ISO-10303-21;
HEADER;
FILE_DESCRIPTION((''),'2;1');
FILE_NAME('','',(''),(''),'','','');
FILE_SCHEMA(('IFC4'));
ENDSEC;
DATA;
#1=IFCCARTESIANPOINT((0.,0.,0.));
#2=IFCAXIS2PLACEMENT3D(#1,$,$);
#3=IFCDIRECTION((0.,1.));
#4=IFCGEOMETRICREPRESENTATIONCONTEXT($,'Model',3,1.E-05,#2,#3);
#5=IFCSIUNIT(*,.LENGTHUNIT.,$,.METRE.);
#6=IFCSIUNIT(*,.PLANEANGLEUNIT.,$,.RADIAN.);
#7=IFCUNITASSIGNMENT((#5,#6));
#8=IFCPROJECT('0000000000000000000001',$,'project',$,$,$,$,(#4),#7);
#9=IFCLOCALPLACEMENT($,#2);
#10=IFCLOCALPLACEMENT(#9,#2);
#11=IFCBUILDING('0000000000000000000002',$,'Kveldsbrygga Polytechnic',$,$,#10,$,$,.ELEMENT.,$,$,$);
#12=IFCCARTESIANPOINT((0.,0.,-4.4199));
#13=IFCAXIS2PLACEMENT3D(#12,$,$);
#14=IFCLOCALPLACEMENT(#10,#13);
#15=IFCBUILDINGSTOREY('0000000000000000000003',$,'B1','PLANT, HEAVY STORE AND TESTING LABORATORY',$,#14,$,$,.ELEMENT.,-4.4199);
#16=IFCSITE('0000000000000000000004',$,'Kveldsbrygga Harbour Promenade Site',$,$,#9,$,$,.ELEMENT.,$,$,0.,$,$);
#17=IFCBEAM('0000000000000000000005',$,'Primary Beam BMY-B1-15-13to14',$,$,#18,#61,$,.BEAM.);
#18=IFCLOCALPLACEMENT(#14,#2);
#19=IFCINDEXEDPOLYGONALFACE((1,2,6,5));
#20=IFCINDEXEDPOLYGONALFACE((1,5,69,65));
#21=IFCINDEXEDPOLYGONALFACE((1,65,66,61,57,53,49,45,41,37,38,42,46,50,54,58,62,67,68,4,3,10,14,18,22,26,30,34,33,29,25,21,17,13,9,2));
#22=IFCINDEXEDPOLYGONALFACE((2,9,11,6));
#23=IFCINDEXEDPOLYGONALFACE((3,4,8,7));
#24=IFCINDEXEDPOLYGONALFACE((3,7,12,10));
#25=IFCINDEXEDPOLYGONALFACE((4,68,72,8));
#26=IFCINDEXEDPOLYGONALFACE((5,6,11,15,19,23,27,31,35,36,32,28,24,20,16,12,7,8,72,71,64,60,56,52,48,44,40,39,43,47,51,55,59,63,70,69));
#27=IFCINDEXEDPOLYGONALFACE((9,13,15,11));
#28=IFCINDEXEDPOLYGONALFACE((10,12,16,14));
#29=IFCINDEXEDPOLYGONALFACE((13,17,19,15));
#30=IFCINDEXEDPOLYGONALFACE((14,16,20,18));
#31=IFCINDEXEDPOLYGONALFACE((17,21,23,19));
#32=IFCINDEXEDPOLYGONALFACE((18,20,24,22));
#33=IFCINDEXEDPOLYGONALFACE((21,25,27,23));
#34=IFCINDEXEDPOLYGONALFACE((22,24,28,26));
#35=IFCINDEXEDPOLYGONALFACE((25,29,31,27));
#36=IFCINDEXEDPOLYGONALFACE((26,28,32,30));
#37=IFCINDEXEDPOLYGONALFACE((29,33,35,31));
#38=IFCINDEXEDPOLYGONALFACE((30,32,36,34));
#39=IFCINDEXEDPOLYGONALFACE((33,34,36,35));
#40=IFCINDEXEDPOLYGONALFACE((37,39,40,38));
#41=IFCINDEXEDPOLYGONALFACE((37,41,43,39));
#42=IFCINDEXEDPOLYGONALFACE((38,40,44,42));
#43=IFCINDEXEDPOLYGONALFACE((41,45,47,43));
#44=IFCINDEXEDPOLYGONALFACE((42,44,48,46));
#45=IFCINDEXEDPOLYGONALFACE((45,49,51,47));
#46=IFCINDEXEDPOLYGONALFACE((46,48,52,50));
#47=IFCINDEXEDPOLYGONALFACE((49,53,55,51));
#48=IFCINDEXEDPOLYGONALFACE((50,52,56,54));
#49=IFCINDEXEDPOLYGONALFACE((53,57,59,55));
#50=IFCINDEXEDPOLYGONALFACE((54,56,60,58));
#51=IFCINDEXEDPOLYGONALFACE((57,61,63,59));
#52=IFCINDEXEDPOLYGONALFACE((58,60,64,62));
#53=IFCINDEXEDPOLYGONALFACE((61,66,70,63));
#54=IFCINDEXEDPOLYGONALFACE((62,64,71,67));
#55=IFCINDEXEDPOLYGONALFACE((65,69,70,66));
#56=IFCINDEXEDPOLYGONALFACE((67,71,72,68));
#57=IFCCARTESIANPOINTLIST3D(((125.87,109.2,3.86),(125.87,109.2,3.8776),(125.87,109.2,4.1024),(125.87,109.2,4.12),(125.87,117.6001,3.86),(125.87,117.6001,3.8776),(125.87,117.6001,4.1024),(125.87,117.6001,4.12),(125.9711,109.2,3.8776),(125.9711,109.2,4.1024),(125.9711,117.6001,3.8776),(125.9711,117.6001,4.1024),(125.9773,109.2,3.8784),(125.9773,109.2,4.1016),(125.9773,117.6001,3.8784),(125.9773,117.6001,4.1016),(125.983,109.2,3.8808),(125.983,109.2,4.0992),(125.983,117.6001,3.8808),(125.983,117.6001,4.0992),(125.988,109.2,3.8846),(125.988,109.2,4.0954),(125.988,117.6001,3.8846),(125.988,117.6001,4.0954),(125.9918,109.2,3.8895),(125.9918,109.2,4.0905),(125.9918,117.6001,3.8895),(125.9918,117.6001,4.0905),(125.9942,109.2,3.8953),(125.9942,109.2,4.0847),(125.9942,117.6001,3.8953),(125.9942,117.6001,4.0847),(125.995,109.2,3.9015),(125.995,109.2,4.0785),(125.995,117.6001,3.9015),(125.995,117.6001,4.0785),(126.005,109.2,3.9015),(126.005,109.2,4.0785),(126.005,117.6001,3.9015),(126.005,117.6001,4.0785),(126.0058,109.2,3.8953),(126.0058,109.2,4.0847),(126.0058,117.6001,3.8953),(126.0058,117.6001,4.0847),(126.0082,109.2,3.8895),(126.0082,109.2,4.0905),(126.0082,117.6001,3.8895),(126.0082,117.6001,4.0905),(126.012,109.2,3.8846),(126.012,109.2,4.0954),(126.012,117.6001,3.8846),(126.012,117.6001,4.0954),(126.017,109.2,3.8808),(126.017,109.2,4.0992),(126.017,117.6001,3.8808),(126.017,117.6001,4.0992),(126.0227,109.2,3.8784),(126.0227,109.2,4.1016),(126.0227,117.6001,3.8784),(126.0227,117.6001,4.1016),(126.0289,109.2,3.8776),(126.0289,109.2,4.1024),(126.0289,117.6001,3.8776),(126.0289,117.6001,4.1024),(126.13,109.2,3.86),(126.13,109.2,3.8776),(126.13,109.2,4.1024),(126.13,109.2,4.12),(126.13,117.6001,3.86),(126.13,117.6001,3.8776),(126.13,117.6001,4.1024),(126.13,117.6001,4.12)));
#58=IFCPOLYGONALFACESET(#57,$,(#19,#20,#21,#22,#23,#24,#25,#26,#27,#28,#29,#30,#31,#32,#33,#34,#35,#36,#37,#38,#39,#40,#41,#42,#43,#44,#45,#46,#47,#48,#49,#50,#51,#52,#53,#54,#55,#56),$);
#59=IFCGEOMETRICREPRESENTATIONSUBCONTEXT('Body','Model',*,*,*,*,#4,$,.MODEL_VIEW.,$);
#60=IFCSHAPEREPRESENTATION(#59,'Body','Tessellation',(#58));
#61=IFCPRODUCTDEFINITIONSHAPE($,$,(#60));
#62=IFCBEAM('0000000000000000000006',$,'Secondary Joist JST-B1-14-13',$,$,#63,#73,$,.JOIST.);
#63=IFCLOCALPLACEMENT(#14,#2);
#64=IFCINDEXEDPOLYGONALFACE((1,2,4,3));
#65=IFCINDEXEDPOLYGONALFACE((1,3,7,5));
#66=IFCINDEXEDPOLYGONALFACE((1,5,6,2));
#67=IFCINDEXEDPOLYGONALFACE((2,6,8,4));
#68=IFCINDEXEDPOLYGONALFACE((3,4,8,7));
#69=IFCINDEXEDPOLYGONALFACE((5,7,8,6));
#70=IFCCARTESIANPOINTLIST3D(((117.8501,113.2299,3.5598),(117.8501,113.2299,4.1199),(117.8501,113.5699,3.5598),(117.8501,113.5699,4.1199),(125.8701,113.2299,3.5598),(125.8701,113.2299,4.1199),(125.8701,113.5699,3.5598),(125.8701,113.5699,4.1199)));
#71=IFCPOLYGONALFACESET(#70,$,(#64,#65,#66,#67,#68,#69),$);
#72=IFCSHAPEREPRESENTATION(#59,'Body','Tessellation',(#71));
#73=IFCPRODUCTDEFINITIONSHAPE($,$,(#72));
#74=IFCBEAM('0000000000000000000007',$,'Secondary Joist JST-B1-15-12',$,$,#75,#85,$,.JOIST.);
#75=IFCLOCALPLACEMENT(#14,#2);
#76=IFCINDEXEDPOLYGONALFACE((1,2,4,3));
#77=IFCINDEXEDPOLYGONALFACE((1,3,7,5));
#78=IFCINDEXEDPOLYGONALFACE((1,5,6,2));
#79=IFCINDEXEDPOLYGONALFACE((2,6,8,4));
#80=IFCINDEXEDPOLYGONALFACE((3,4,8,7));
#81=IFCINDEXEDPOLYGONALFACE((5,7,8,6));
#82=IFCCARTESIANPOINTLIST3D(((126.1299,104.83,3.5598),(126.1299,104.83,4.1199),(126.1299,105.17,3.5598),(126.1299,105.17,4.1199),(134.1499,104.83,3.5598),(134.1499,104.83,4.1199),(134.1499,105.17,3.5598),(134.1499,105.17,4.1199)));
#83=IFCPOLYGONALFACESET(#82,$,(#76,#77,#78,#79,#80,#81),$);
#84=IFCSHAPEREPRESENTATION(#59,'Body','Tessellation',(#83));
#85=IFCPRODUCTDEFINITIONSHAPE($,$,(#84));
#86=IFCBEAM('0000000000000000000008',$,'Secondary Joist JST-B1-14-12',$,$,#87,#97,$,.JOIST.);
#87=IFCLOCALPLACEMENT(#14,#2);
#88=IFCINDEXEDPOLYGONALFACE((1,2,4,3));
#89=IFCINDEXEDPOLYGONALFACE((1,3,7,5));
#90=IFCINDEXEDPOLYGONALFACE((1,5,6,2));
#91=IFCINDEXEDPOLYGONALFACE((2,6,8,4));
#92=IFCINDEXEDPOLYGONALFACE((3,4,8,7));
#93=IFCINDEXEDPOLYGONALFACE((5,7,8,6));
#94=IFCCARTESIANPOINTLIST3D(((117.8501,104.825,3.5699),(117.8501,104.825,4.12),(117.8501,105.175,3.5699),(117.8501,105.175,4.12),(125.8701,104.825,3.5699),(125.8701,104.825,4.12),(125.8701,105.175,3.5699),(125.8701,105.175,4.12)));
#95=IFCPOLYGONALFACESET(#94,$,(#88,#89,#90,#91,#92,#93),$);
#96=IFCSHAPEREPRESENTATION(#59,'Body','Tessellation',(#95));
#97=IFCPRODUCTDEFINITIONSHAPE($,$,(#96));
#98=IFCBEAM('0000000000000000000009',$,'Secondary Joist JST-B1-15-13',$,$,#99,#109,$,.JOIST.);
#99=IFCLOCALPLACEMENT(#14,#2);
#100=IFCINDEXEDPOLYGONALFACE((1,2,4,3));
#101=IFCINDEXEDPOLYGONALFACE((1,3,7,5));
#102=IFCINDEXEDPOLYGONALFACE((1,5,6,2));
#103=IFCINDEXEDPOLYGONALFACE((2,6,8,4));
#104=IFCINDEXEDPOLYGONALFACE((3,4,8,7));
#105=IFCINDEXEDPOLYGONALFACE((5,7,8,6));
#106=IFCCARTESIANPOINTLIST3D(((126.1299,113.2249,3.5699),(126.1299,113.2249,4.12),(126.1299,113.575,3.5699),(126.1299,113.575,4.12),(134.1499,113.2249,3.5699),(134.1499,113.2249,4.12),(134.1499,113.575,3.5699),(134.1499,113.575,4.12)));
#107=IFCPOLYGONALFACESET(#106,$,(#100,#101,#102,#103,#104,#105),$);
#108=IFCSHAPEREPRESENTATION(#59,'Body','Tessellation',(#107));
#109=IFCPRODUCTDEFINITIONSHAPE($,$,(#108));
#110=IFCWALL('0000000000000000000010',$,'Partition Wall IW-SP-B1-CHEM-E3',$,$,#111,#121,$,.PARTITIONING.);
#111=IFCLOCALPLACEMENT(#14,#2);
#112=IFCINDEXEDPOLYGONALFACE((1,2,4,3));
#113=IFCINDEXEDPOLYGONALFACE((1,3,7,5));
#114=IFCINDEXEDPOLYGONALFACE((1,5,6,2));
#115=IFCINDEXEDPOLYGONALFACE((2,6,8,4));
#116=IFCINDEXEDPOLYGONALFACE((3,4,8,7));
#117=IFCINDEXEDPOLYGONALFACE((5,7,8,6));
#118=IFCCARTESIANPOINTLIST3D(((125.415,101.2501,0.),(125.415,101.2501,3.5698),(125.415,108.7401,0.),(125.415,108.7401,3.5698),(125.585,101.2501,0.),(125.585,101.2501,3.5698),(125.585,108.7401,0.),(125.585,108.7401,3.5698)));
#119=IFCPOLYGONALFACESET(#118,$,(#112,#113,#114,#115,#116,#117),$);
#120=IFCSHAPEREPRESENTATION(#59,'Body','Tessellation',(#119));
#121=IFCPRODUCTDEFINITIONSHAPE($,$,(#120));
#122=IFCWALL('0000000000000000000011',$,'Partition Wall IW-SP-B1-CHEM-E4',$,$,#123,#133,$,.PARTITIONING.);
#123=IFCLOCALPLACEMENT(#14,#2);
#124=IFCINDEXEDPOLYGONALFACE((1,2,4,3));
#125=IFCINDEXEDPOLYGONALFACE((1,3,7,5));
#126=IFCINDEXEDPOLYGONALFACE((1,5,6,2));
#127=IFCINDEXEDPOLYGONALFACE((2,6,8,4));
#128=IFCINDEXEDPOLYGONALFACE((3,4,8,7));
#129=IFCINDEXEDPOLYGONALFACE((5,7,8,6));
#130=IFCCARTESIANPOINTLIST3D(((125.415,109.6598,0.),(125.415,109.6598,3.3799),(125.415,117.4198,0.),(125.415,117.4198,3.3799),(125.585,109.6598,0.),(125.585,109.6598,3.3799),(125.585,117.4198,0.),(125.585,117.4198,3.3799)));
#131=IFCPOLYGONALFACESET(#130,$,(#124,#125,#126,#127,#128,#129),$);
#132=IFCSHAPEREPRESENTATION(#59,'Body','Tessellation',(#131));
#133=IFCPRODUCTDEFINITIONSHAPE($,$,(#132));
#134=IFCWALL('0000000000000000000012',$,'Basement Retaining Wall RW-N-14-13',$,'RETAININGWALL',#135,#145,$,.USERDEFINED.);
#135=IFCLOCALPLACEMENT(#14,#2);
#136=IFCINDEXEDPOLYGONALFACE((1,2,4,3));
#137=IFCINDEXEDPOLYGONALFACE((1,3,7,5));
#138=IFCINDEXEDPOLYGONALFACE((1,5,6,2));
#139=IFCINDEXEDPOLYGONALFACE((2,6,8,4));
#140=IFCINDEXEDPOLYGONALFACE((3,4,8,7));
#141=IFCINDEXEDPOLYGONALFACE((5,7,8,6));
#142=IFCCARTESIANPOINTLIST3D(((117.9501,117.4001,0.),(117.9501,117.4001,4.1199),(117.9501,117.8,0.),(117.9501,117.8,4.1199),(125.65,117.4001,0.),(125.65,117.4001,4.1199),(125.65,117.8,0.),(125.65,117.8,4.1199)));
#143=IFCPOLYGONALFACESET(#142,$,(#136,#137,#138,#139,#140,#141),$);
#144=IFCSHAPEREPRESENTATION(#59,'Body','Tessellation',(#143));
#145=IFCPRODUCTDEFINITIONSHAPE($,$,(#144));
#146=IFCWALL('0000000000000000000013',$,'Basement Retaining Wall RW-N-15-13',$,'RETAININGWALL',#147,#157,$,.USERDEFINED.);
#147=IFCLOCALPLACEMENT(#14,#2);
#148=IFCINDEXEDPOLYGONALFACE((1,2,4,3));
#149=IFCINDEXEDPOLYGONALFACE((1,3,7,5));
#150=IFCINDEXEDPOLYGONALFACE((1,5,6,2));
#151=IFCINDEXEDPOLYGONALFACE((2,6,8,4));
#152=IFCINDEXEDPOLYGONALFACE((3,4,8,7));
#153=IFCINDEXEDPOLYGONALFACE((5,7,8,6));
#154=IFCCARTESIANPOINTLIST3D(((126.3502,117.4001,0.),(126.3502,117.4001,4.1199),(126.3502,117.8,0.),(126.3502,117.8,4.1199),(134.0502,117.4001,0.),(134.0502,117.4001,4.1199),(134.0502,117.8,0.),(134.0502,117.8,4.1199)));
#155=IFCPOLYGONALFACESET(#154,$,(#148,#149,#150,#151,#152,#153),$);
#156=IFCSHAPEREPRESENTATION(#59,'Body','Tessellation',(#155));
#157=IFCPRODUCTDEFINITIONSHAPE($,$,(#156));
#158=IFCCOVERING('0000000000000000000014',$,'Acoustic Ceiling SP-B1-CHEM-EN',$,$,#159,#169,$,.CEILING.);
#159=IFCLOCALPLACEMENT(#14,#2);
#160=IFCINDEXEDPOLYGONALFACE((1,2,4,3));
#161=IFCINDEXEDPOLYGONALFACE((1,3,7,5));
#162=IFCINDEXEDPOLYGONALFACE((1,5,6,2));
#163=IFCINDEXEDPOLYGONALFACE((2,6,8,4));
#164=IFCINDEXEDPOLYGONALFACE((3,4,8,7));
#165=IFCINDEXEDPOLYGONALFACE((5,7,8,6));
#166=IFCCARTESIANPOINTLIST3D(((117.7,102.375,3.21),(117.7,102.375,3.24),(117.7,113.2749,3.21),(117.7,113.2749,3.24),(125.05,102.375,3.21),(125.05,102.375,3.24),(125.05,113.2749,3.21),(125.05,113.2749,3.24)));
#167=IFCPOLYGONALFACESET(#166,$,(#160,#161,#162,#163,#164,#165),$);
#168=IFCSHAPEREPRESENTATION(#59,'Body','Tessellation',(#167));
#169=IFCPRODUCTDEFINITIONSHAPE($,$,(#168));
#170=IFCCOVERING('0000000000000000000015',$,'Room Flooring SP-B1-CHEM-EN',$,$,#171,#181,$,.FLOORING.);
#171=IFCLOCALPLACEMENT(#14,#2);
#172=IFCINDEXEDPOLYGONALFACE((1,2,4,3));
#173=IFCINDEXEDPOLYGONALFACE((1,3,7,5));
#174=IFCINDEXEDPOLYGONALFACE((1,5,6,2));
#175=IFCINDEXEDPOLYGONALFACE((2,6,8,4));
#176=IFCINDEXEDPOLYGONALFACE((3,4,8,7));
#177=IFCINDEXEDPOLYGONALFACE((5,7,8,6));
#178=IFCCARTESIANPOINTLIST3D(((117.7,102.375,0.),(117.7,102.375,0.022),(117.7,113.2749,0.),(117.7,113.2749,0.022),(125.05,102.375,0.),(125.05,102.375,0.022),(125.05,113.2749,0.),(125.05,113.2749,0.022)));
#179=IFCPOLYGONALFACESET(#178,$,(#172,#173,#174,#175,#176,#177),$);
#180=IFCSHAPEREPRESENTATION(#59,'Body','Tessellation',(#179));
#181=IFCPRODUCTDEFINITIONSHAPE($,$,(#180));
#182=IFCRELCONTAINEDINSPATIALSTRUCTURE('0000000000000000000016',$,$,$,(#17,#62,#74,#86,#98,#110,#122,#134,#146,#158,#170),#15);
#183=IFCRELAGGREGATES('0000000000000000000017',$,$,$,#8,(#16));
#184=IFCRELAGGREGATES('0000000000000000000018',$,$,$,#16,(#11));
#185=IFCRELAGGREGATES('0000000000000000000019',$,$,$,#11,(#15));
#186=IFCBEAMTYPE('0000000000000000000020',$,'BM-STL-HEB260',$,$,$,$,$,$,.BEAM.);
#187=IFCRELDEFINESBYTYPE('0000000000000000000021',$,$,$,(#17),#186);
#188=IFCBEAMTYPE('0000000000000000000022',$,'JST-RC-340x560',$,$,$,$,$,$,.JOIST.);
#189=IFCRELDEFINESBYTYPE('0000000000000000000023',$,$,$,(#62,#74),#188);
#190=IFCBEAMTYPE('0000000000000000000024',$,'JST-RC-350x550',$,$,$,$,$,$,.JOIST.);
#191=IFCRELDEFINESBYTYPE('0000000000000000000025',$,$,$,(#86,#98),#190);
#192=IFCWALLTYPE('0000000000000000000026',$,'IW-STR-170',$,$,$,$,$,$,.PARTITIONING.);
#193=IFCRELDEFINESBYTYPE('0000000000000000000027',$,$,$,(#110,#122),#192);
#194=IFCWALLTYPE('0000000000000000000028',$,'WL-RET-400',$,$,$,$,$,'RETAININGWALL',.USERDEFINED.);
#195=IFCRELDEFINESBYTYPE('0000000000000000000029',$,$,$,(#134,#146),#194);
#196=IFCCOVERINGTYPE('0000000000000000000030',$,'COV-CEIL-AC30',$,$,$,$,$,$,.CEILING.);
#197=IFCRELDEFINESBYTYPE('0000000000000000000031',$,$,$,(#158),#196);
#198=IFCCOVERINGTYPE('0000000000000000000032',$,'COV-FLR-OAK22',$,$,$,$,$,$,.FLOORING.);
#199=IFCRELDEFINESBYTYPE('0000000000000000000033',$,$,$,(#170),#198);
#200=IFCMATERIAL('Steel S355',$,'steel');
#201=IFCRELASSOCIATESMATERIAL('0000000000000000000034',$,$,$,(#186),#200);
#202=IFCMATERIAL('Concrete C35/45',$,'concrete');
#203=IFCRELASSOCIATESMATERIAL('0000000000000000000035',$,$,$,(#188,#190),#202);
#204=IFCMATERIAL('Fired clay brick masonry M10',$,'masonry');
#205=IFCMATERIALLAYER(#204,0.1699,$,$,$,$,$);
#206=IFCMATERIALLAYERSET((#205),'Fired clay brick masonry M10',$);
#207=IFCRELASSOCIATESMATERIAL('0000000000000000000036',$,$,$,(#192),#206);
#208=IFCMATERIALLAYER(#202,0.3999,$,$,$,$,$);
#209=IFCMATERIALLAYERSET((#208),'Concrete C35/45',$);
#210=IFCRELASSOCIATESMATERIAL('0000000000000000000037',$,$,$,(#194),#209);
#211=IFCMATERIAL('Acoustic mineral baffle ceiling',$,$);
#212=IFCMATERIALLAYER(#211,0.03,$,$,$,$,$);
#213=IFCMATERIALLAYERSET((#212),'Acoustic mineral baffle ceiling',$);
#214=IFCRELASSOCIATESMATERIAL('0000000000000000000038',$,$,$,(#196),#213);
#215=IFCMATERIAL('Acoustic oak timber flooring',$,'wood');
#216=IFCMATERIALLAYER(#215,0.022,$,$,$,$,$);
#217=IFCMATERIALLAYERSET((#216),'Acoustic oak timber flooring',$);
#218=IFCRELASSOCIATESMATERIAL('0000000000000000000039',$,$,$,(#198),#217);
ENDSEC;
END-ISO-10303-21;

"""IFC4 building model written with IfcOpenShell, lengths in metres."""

from ifc_helpers import new_model, si_unit, direction, frame, frame_2d, origin, origin_2d, place, context, subcontext, project, spatial, rectangle, i_section, extrude, material, layer, layer_set, material_profile, profile_set, type_object, element, save


model = new_model("IFC4")

# Units and contexts
model_context = context("Model", 3, precision=1e-05, world=origin(), true_north=direction((0.0, 1.0)))
body_context = subcontext(model_context, "Body", "Model", "MODEL_VIEW")
ifc_project = project(units=[si_unit("LENGTHUNIT", "METRE"), si_unit("PLANEANGLEUNIT", "RADIAN")], contexts=[model_context])

# Site, building, storey
site_placement = place(None, origin())
site = spatial("IfcSite", under=ifc_project, at=site_placement, Name="Kveldsbrygga Harbour Promenade Site", CompositionType="ELEMENT", RefElevation=0.0)
building_placement = place(site_placement, origin())
building = spatial("IfcBuilding", under=site, at=building_placement, Name="Kveldsbrygga Polytechnic", CompositionType="ELEMENT")
storey_placement = place(building_placement, frame((0.0, 0.0, -4.4199)))
storey = spatial("IfcBuildingStorey", under=building, at=storey_placement, Name="B1", Description="PLANT, HEAVY STORE AND TESTING LABORATORY", CompositionType="ELEMENT", Elevation=-4.4199)

# Beams
ifc_material_1 = material(Name="Concrete C35/45", Category="concrete")
ifc_material_2 = material(Name="Steel S355", Category="steel")
ifc_material_profile_1 = material_profile(ifc_material_2, i_section(OverallWidth=0.26, OverallDepth=0.26, WebThickness=0.01, FlangeThickness=0.0176, FilletRadius=0.0239, at=origin_2d()), Name="HEB 260")
ifc_profile_set_1 = profile_set([ifc_material_profile_1], Name="Steel S355")
beam_type_1 = type_object("IfcBeamType", Name="BM-STL-HEB260", PredefinedType="BEAM", material=ifc_profile_set_1)
beam_1_placement = place(storey_placement, frame((126.0, 109.2, 3.99), z_axis=(0.0, 1.0, 0.0), x_axis=(-1.0, 0.0, 0.0)))
element("IfcBeam", 1, at=beam_1_placement, inside=storey, type_object=beam_type_1, Name="Primary Beam BMY-B1-15-13to14", PredefinedType="BEAM", context=body_context, shape_type="SweptSolid", body=[
    extrude(i_section(OverallWidth=0.26, OverallDepth=0.26, WebThickness=0.01, FlangeThickness=0.0176, FilletRadius=0.0239, at=origin_2d()), origin(), (0.0, 0.0, 1.0), 8.4001),
])
ifc_material_profile_2 = material_profile(ifc_material_1, rectangle(XDim=0.3401, YDim=0.5601, at=origin_2d()), Name="RC 340x560")
ifc_profile_set_2 = profile_set([ifc_material_profile_2], Name="Concrete C35/45")
beam_type_2 = type_object("IfcBeamType", Name="JST-RC-340x560", PredefinedType="JOIST", material=ifc_profile_set_2)
for number, where, z_axis, x_axis, name in (
    (2, (117.8501, 113.3999, 3.8398), (1.0, 0.0, 0.0), (0.0, 1.0, 0.0), "Secondary Joist JST-B1-14-13"),
    (3, (126.1299, 105.0, 3.8398), (1.0, 0.0, 0.0), (0.0, 1.0, 0.0), "Secondary Joist JST-B1-15-12"),
):
    element("IfcBeam", number, at=place(storey_placement, frame(where, z_axis=z_axis, x_axis=x_axis)), inside=storey, type_object=beam_type_2, Name=name, PredefinedType="JOIST", context=body_context, shape_type="SweptSolid", body=[
        extrude(rectangle(XDim=0.3401, YDim=0.5601, at=origin_2d()), origin(), (0.0, 0.0, 1.0), 8.02),
    ])
ifc_material_profile_3 = material_profile(ifc_material_1, rectangle(XDim=0.3501, YDim=0.55, at=origin_2d()), Name="RC 350x550")
ifc_profile_set_3 = profile_set([ifc_material_profile_3], Name="Concrete C35/45")
beam_type_3 = type_object("IfcBeamType", Name="JST-RC-350x550", PredefinedType="JOIST", material=ifc_profile_set_3)
for number, where, z_axis, x_axis, name in (
    (4, (117.8501, 105.0, 3.845), (1.0, 0.0, 0.0), (0.0, 1.0, 0.0), "Secondary Joist JST-B1-14-12"),
    (5, (126.1299, 113.3999, 3.845), (1.0, 0.0, 0.0), (0.0, 1.0, 0.0), "Secondary Joist JST-B1-15-13"),
):
    element("IfcBeam", number, at=place(storey_placement, frame(where, z_axis=z_axis, x_axis=x_axis)), inside=storey, type_object=beam_type_3, Name=name, PredefinedType="JOIST", context=body_context, shape_type="SweptSolid", body=[
        extrude(rectangle(XDim=0.3501, YDim=0.55, at=origin_2d()), origin(), (0.0, 0.0, 1.0), 8.02),
    ])

# Walls
ifc_material_3 = material(Name="Fired clay brick masonry M10", Category="masonry")
ifc_layer_1 = layer(ifc_material_3, 0.1699)
ifc_layer_set_1 = layer_set([ifc_layer_1], Name="Fired clay brick masonry M10")
wall_type_1 = type_object("IfcWallType", Name="IW-STR-170", PredefinedType="PARTITIONING", material=ifc_layer_set_1)
wall_1_placement = place(storey_placement, frame((125.5, 101.25, 0.0), z_axis=(0.0, 0.0, 1.0), x_axis=(0.0, 1.0, 0.0)))
element("IfcWall", 6, at=wall_1_placement, inside=storey, type_object=wall_type_1, Name="Partition Wall IW-SP-B1-CHEM-E3", PredefinedType="PARTITIONING", context=body_context, shape_type="SweptSolid", body=[
    extrude(rectangle(XDim=7.49, YDim=0.1699, at=frame_2d((3.7451, 0.0))), origin(), (0.0, 0.0, 1.0), 3.5698),
])
wall_2_placement = place(storey_placement, frame((125.5, 109.6599, 0.0), z_axis=(0.0, 0.0, 1.0), x_axis=(0.0, 1.0, 0.0)))
element("IfcWall", 7, at=wall_2_placement, inside=storey, type_object=wall_type_1, Name="Partition Wall IW-SP-B1-CHEM-E4", PredefinedType="PARTITIONING", context=body_context, shape_type="SweptSolid", body=[
    extrude(rectangle(XDim=7.76, YDim=0.1699, at=frame_2d((3.8799, 0.0))), origin(), (0.0, 0.0, 1.0), 3.3799),
])
ifc_layer_2 = layer(ifc_material_1, 0.3999)
ifc_layer_set_2 = layer_set([ifc_layer_2], Name="Concrete C35/45")
wall_type_2 = type_object("IfcWallType", Name="WL-RET-400", ElementType="RETAININGWALL", PredefinedType="USERDEFINED", material=ifc_layer_set_2)
for number, where, z_axis, x_axis, name in (
    (8, (117.95, 117.6001, 0.0), (0.0, 0.0, 1.0), (1.0, 0.0, 0.0), "Basement Retaining Wall RW-N-14-13"),
    (9, (126.3501, 117.6001, 0.0), (0.0, 0.0, 1.0), (1.0, 0.0, 0.0), "Basement Retaining Wall RW-N-15-13"),
):
    element("IfcWall", number, at=place(storey_placement, frame(where, z_axis=z_axis, x_axis=x_axis)), inside=storey, type_object=wall_type_2, Name=name, ObjectType="RETAININGWALL", PredefinedType="USERDEFINED", context=body_context, shape_type="SweptSolid", body=[
        extrude(rectangle(XDim=7.7, YDim=0.3999, at=frame_2d((3.8501, 0.0))), origin(), (0.0, 0.0, 1.0), 4.1199),
    ])

# Coverings
ifc_material_4 = material(Name="Acoustic mineral baffle ceiling")
ifc_layer_3 = layer(ifc_material_4, 0.03)
ifc_layer_set_3 = layer_set([ifc_layer_3], Name="Acoustic mineral baffle ceiling")
covering_type_1 = type_object("IfcCoveringType", Name="COV-CEIL-AC30", PredefinedType="CEILING", material=ifc_layer_set_3)
covering_1_placement = place(storey_placement, frame((121.375, 107.825, 3.21), z_axis=(0.0, 0.0, 1.0), x_axis=(1.0, 0.0, 0.0)))
element("IfcCovering", 10, at=covering_1_placement, inside=storey, type_object=covering_type_1, Name="Acoustic Ceiling SP-B1-CHEM-EN", PredefinedType="CEILING", context=body_context, shape_type="SweptSolid", body=[
    extrude(rectangle(XDim=7.3501, YDim=10.8999, at=origin_2d()), origin(), (0.0, 0.0, 1.0), 0.03),
])
ifc_material_5 = material(Name="Acoustic oak timber flooring", Category="wood")
ifc_layer_4 = layer(ifc_material_5, 0.022)
ifc_layer_set_4 = layer_set([ifc_layer_4], Name="Acoustic oak timber flooring")
covering_type_2 = type_object("IfcCoveringType", Name="COV-FLR-OAK22", PredefinedType="FLOORING", material=ifc_layer_set_4)
covering_2_placement = place(storey_placement, frame((121.375, 107.825, 0.0), z_axis=(0.0, 0.0, 1.0), x_axis=(1.0, 0.0, 0.0)))
element("IfcCovering", 11, at=covering_2_placement, inside=storey, type_object=covering_type_2, Name="Room Flooring SP-B1-CHEM-EN", PredefinedType="FLOORING", context=body_context, shape_type="SweptSolid", body=[
    extrude(rectangle(XDim=7.3501, YDim=10.8999, at=origin_2d()), origin(), (0.0, 0.0, 1.0), 0.022),
])

save(model, "model.ifc")
